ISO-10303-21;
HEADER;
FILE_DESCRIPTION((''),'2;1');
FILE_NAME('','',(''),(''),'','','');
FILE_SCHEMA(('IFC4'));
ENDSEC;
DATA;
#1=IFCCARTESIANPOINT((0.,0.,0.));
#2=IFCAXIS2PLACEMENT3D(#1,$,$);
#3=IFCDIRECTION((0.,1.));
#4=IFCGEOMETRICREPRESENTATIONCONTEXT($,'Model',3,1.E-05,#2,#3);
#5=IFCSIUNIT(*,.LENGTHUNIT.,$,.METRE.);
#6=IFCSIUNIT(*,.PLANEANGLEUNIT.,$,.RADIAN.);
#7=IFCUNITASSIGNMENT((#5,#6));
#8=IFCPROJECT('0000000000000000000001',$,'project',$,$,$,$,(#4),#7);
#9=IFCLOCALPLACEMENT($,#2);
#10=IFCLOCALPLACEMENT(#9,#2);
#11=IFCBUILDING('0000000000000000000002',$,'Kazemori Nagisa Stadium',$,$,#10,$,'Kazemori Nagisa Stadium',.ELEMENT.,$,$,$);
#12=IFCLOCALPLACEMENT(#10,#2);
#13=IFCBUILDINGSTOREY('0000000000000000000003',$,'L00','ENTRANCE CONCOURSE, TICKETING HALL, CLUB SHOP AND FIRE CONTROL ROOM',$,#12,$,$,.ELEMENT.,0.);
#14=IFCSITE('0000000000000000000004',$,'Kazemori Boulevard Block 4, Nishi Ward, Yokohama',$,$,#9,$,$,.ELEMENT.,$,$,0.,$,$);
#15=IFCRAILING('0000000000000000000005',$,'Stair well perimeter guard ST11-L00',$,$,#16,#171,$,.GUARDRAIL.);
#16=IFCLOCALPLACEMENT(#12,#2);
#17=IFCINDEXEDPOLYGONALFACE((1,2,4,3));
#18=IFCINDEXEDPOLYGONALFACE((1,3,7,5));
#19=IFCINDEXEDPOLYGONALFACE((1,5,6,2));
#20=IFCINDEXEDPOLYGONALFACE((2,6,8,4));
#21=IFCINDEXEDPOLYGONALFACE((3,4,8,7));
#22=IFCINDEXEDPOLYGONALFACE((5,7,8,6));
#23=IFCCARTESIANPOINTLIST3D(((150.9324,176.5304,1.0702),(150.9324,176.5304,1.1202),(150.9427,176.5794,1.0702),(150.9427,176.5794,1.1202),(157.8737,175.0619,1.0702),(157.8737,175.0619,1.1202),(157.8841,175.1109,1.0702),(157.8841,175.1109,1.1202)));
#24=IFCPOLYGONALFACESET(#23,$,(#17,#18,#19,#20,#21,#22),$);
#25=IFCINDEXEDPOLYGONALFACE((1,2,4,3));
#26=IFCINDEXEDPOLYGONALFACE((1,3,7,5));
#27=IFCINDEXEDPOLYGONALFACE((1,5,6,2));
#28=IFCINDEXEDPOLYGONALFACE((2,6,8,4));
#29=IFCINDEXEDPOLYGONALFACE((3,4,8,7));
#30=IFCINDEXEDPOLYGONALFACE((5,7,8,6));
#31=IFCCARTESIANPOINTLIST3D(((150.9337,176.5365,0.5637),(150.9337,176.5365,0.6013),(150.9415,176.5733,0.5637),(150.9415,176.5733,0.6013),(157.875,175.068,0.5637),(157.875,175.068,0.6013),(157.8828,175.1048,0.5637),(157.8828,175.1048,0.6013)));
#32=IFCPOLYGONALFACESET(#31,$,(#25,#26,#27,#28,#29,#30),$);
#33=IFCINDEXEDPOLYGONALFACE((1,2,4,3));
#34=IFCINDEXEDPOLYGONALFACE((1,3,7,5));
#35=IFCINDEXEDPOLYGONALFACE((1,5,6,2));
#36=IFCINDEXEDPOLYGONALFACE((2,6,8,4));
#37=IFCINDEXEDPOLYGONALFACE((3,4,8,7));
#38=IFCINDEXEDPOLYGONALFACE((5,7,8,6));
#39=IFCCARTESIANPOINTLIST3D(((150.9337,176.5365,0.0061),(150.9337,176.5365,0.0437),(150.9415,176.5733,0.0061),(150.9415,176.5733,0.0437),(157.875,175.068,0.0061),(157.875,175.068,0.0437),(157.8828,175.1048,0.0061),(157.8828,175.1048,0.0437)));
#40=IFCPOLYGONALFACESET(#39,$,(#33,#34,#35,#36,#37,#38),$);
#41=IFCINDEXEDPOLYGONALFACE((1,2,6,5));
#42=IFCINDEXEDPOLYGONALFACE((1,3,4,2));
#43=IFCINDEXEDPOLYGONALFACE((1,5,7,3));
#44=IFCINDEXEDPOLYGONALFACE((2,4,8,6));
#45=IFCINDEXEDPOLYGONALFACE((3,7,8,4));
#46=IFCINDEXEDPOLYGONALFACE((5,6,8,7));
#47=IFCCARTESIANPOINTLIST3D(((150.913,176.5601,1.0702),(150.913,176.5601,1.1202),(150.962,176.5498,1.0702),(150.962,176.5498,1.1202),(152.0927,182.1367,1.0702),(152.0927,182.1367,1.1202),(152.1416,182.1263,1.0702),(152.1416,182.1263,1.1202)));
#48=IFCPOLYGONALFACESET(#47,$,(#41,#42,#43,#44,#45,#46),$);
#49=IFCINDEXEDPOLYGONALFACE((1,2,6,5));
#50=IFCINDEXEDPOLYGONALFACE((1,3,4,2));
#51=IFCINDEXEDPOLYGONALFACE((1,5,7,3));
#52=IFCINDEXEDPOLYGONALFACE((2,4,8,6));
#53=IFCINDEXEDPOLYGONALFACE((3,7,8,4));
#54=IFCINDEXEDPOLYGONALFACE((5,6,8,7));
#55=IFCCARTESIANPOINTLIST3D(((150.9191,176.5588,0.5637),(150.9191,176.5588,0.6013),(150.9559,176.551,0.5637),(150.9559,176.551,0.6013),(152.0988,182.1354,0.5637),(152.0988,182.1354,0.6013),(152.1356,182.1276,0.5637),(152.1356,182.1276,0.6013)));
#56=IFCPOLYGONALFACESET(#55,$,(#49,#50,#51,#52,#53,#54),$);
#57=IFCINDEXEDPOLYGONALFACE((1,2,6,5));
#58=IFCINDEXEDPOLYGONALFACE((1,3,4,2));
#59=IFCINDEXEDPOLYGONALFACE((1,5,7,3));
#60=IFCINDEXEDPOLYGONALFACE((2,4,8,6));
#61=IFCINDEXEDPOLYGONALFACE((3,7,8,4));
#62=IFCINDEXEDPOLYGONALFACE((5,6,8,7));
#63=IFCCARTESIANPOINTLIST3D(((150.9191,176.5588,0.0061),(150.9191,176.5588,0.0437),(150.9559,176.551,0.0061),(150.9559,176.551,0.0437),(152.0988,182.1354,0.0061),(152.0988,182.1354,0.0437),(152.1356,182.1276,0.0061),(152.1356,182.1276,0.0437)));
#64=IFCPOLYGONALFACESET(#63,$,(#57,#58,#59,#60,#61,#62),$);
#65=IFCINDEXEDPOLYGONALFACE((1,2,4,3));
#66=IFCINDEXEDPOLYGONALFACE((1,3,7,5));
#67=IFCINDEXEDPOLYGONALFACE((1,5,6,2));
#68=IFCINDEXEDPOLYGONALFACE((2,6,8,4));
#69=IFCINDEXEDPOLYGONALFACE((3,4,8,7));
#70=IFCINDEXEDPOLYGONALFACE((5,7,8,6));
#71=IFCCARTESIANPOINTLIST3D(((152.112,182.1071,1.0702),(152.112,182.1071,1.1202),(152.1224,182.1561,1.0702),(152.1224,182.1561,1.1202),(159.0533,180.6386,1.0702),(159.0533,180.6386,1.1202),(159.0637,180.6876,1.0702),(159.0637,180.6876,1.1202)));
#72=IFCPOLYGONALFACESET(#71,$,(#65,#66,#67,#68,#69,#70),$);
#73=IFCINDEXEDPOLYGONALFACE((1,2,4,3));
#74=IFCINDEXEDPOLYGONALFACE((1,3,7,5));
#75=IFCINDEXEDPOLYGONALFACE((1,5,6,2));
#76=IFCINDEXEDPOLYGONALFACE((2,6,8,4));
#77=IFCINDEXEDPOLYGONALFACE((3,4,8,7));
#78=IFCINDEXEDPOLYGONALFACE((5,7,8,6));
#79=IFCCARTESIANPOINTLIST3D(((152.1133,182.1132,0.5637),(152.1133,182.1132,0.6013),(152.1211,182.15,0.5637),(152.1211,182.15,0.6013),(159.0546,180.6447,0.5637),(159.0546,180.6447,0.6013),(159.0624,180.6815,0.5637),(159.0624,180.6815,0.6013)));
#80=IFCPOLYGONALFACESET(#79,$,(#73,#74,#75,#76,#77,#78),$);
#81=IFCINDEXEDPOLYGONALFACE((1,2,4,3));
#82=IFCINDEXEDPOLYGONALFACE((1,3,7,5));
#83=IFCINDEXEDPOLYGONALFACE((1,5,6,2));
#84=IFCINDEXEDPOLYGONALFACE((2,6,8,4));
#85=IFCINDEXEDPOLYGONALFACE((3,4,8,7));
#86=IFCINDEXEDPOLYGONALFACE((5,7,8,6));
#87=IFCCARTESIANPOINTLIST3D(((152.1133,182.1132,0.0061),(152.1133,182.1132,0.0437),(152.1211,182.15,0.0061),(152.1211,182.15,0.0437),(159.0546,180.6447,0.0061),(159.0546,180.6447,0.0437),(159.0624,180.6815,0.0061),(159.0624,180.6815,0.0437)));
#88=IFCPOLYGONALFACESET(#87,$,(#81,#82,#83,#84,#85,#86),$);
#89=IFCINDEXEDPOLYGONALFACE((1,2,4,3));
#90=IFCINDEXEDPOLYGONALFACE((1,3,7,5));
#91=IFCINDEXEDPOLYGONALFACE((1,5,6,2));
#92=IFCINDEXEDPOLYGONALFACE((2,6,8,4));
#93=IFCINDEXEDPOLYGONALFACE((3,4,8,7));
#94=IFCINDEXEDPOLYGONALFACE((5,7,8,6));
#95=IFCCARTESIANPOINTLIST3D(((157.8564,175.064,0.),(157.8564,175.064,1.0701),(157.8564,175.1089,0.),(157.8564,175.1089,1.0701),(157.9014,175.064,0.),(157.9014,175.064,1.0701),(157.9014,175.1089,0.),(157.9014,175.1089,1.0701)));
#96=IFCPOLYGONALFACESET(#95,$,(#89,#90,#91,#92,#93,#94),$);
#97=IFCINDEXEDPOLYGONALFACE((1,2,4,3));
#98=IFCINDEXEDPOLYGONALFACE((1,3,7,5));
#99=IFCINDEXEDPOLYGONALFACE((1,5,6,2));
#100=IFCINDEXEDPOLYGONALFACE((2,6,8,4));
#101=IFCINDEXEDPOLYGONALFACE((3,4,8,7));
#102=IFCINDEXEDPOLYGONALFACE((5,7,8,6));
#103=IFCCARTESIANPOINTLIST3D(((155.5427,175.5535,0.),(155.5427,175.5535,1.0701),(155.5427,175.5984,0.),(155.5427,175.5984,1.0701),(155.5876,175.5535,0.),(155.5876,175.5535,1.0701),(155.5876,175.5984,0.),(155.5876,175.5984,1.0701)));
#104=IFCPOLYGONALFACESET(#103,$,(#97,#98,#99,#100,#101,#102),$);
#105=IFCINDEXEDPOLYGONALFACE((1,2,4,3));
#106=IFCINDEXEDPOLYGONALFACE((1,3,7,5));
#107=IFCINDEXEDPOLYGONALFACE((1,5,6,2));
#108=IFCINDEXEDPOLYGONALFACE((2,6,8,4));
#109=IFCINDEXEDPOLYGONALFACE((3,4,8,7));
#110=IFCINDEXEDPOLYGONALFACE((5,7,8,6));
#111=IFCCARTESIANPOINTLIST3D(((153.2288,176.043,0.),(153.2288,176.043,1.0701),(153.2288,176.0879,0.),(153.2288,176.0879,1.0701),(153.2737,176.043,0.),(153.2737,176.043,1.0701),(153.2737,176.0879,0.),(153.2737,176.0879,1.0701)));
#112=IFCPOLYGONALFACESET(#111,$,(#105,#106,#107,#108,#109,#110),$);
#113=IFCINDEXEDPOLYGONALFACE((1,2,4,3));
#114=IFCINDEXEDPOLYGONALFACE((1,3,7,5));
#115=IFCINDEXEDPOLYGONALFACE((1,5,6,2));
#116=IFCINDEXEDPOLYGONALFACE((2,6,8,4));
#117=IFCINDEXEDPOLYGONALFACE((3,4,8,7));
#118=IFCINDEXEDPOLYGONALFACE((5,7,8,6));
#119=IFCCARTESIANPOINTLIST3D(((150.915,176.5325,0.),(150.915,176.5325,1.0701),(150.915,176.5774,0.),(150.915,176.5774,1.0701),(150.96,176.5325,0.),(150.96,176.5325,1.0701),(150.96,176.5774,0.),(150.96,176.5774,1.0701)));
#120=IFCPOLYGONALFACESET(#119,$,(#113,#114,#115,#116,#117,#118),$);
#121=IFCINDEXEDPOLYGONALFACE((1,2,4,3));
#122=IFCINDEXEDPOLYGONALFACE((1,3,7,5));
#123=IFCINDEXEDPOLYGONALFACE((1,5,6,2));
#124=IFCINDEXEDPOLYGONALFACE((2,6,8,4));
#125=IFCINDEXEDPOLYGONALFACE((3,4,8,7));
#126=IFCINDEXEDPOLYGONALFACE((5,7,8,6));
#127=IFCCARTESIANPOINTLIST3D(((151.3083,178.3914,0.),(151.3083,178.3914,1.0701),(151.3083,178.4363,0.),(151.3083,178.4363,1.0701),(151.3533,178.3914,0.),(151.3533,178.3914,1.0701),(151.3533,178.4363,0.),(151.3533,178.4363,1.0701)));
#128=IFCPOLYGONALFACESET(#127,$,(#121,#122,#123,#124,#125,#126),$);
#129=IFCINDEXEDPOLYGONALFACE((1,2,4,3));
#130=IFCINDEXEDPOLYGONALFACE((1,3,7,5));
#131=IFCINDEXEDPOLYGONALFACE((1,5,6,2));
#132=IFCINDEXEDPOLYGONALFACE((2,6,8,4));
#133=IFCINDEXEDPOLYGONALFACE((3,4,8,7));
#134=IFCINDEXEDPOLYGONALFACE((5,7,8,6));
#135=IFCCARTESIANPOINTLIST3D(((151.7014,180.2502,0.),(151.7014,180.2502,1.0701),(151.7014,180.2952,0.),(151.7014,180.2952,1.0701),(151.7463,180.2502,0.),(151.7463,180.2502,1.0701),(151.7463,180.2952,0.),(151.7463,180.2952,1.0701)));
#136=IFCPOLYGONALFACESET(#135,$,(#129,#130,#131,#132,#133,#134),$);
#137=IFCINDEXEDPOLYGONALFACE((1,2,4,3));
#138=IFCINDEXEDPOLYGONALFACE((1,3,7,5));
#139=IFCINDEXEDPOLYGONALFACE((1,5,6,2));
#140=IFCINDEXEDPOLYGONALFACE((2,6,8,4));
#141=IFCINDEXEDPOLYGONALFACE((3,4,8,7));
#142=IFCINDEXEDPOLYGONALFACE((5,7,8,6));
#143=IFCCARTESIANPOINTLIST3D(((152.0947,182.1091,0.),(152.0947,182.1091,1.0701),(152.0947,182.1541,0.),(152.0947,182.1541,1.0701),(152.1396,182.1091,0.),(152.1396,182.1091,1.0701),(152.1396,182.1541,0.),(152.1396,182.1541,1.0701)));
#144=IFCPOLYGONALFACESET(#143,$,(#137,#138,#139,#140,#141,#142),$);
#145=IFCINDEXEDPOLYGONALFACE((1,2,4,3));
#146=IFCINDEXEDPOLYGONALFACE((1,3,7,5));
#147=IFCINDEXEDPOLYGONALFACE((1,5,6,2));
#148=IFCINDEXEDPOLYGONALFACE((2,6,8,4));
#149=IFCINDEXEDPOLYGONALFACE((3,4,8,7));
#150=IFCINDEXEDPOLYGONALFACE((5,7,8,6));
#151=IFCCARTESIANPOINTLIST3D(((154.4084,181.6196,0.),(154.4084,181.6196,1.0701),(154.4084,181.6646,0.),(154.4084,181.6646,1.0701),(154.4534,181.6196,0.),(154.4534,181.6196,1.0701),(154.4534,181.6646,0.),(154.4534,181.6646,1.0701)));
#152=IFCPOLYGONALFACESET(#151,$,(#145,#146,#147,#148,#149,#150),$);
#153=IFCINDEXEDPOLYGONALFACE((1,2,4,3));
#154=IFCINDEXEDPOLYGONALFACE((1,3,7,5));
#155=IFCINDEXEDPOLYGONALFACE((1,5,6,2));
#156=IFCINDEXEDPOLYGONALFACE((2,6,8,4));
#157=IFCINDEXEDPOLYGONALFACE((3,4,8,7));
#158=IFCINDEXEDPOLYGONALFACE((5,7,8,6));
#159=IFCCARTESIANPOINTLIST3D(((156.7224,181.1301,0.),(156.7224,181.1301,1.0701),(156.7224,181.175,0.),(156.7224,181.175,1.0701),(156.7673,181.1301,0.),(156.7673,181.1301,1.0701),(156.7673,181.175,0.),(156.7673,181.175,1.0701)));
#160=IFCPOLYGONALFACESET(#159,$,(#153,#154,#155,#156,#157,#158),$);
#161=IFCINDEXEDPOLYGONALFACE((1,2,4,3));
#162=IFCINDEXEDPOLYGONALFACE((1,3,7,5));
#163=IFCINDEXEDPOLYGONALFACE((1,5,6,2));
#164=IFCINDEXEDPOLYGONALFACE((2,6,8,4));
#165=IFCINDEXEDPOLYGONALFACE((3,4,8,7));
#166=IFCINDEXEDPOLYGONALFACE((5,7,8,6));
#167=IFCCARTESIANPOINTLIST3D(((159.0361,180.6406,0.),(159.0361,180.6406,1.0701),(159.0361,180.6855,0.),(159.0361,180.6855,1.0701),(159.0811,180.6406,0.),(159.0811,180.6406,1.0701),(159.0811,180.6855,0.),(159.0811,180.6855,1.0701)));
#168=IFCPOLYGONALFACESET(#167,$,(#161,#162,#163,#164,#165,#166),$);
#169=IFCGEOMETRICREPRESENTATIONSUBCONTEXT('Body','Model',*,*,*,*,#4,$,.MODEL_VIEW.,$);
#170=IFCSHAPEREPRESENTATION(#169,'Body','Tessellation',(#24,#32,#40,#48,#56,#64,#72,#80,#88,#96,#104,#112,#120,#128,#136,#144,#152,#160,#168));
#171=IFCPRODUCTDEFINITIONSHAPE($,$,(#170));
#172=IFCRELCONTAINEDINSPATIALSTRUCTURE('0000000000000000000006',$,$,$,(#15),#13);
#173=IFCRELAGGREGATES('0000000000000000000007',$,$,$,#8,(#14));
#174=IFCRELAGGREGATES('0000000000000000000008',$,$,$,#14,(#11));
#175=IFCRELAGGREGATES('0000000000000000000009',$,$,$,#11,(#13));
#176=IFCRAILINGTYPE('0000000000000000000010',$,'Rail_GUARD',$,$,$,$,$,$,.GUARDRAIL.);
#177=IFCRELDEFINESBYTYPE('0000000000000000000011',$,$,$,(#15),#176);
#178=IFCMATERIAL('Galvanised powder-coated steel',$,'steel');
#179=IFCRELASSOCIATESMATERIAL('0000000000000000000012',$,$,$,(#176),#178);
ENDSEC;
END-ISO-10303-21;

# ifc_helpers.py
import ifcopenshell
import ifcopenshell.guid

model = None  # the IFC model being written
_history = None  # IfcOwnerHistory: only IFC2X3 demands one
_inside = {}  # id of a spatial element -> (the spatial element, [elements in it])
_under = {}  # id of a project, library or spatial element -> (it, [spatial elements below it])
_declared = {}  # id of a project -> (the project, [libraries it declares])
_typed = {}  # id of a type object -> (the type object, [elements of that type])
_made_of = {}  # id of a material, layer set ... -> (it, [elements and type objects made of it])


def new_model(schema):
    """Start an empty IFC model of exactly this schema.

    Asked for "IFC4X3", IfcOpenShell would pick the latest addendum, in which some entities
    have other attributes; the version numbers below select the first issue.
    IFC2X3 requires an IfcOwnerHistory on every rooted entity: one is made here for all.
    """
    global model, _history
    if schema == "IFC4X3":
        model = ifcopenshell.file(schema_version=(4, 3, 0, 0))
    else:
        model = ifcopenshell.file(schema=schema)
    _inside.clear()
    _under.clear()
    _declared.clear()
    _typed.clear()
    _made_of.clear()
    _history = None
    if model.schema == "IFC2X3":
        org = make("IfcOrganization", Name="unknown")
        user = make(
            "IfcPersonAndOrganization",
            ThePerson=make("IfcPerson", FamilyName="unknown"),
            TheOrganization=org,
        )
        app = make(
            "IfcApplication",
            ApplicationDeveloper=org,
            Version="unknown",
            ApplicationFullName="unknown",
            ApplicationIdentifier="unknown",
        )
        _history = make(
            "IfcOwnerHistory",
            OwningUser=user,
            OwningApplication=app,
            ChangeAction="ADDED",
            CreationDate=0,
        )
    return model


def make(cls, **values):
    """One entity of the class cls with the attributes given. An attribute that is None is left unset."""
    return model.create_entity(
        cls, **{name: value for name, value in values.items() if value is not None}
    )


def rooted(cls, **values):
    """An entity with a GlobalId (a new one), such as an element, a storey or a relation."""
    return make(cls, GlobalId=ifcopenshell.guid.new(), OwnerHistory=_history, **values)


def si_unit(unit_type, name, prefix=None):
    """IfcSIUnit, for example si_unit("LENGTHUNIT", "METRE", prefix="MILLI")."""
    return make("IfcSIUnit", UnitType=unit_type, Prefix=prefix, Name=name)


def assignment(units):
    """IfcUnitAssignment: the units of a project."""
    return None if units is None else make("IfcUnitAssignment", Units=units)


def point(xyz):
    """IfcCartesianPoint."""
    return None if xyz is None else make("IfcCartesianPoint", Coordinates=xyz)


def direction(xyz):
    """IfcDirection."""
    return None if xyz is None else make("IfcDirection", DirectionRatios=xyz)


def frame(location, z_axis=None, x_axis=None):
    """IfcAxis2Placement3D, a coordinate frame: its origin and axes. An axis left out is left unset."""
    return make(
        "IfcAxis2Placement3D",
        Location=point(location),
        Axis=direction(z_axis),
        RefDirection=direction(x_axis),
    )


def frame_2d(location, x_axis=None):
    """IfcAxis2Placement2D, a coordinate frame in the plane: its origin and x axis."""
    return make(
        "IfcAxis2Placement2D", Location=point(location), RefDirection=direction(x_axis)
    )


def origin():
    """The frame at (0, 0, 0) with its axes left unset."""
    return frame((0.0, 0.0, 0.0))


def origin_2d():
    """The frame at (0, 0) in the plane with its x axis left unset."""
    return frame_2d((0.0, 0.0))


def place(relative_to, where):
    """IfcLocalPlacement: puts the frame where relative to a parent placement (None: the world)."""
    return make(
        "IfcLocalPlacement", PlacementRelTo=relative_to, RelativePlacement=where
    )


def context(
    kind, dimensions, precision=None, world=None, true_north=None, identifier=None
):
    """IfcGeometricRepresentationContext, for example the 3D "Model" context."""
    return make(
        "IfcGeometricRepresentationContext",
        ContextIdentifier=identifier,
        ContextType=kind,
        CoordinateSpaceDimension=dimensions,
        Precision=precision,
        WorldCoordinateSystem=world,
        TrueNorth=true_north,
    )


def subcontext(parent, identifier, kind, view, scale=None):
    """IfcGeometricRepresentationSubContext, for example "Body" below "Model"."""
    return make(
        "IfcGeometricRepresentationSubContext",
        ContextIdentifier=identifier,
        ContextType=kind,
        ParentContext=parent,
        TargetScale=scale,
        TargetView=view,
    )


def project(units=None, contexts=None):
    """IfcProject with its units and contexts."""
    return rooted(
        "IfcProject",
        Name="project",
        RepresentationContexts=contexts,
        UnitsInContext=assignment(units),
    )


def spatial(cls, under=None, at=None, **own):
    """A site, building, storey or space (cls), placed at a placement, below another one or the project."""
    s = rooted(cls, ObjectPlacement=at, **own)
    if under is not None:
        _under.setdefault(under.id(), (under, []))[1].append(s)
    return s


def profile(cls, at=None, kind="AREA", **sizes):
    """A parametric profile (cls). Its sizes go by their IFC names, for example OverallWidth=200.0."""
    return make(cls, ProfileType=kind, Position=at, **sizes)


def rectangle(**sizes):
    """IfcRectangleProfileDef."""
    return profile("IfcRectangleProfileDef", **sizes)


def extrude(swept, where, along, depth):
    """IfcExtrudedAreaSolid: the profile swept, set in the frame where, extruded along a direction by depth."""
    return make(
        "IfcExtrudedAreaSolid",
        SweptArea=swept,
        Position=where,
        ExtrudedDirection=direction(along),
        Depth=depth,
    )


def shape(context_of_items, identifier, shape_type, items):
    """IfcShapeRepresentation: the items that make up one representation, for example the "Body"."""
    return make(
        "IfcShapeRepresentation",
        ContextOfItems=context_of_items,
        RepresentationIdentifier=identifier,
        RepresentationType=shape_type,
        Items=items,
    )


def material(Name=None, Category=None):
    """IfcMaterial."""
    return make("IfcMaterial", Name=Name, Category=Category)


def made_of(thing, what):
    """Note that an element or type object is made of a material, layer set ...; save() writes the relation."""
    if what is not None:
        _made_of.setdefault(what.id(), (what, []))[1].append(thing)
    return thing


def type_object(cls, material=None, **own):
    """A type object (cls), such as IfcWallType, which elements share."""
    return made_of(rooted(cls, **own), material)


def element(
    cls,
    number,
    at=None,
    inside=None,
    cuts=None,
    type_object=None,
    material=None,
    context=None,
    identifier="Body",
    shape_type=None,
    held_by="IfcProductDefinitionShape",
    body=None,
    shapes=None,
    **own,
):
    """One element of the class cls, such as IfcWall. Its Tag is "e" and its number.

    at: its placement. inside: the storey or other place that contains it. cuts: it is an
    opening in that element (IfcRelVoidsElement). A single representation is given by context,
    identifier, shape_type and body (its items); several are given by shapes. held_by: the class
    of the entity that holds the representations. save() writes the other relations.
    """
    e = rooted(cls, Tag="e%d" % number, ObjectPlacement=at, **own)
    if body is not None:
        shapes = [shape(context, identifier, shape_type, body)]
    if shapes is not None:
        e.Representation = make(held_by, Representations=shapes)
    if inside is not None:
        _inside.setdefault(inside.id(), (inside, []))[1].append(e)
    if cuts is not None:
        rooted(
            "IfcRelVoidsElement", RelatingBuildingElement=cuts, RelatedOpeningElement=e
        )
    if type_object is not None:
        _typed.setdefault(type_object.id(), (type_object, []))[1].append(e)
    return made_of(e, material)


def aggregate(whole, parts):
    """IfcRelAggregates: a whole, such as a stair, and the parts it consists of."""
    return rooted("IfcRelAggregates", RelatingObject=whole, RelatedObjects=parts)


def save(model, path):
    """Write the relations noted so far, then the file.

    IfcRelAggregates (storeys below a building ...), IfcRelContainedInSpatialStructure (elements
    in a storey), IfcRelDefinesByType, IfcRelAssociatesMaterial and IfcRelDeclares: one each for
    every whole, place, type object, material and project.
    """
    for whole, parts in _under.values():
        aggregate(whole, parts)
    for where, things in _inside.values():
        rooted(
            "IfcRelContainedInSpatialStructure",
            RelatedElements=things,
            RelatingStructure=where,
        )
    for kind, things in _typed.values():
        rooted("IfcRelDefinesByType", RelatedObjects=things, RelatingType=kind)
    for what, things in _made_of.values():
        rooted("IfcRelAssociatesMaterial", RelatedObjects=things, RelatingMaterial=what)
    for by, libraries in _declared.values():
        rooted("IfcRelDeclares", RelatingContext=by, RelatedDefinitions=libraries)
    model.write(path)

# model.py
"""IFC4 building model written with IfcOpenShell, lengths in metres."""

from ifc_helpers import new_model, si_unit, direction, frame, origin, origin_2d, place, context, subcontext, project, spatial, rectangle, extrude, material, type_object, element, save


model = new_model("IFC4")

# Units and contexts
model_context = context("Model", 3, precision=1e-05, world=origin(), true_north=direction((0.0, 1.0)))
body_context = subcontext(model_context, "Body", "Model", "MODEL_VIEW")
ifc_project = project(units=[si_unit("LENGTHUNIT", "METRE"), si_unit("PLANEANGLEUNIT", "RADIAN")], contexts=[model_context])

# Site, building, storey
site_placement = place(None, origin())
site = spatial("IfcSite", under=ifc_project, at=site_placement, Name="Kazemori Boulevard Block 4, Nishi Ward, Yokohama", CompositionType="ELEMENT", RefElevation=0.0)
building_placement = place(site_placement, origin())
building = spatial("IfcBuilding", under=site, at=building_placement, Name="Kazemori Nagisa Stadium", LongName="Kazemori Nagisa Stadium", CompositionType="ELEMENT")
storey_placement = place(building_placement, origin())
storey = spatial("IfcBuildingStorey", under=building, at=storey_placement, Name="L00", Description="ENTRANCE CONCOURSE, TICKETING HALL, CLUB SHOP AND FIRE CONTROL ROOM", CompositionType="ELEMENT", Elevation=0.0)

# Railing
ifc_material_1 = material(Name="Galvanised powder-coated steel", Category="steel")
railing_type_1 = type_object("IfcRailingType", Name="Rail_GUARD", PredefinedType="GUARDRAIL", material=ifc_material_1)
railing_1_placement = place(storey_placement, frame((157.8789, 175.0864, 0.0)))
element("IfcRailing", 1, at=railing_1_placement, inside=storey, type_object=railing_type_1, Name="Stair well perimeter guard ST11-L00", PredefinedType="GUARDRAIL", context=body_context, shape_type="SweptSolid", body=[
    extrude(rectangle(XDim=0.05, YDim=0.05, at=origin_2d()), frame((0.0, 0.0, 1.0952), z_axis=(-0.978346, 0.206976, 0.0), x_axis=(-0.206976, -0.978346, 0.0)), (0.0, 0.0, 1.0), 7.095),
    extrude(rectangle(XDim=0.0376, YDim=0.0376, at=origin_2d()), frame((0.0, 0.0, 0.5825), z_axis=(-0.978346, 0.206976, 0.0), x_axis=(-0.206976, -0.978346, 0.0)), (0.0, 0.0, 1.0), 7.095),
    extrude(rectangle(XDim=0.0376, YDim=0.0376, at=origin_2d()), frame((0.0, 0.0, 0.0249), z_axis=(-0.978346, 0.206976, 0.0), x_axis=(-0.206976, -0.978346, 0.0)), (0.0, 0.0, 1.0), 7.095),
    extrude(rectangle(XDim=0.05, YDim=0.05, at=origin_2d()), frame((-6.9414, 1.4685, 1.0952), z_axis=(0.20696, 0.978349, 0.0), x_axis=(-0.978349, 0.20696, 0.0)), (0.0, 0.0, 1.0), 5.7),
    extrude(rectangle(XDim=0.0376, YDim=0.0376, at=origin_2d()), frame((-6.9414, 1.4685, 0.5825), z_axis=(0.20696, 0.978349, 0.0), x_axis=(-0.978349, 0.20696, 0.0)), (0.0, 0.0, 1.0), 5.7),
    extrude(rectangle(XDim=0.0376, YDim=0.0376, at=origin_2d()), frame((-6.9414, 1.4685, 0.0249), z_axis=(0.20696, 0.978349, 0.0), x_axis=(-0.978349, 0.20696, 0.0)), (0.0, 0.0, 1.0), 5.7),
    extrude(rectangle(XDim=0.05, YDim=0.05, at=origin_2d()), frame((-5.7617, 7.0452, 1.0952), z_axis=(0.978346, -0.206976, 0.0), x_axis=(0.206976, 0.978346, 0.0)), (0.0, 0.0, 1.0), 7.095),
    extrude(rectangle(XDim=0.0376, YDim=0.0376, at=origin_2d()), frame((-5.7617, 7.0452, 0.5825), z_axis=(0.978346, -0.206976, 0.0), x_axis=(0.206976, 0.978346, 0.0)), (0.0, 0.0, 1.0), 7.095),
    extrude(rectangle(XDim=0.0376, YDim=0.0376, at=origin_2d()), frame((-5.7617, 7.0452, 0.0249), z_axis=(0.978346, -0.206976, 0.0), x_axis=(0.206976, 0.978346, 0.0)), (0.0, 0.0, 1.0), 7.095),
    extrude(rectangle(XDim=0.0449, YDim=0.0449, at=origin_2d()), origin(), (0.0, 0.0, 1.0), 1.0701),
    extrude(rectangle(XDim=0.0449, YDim=0.0449, at=origin_2d()), frame((-2.3137, 0.4895, 0.0)), (0.0, 0.0, 1.0), 1.0701),
    extrude(rectangle(XDim=0.0449, YDim=0.0449, at=origin_2d()), frame((-4.6277, 0.979, 0.0)), (0.0, 0.0, 1.0), 1.0701),
    extrude(rectangle(XDim=0.0449, YDim=0.0449, at=origin_2d()), frame((-6.9414, 1.4685, 0.0)), (0.0, 0.0, 1.0), 1.0701),
    extrude(rectangle(XDim=0.0449, YDim=0.0449, at=origin_2d()), frame((-6.5481, 3.3274, 0.0)), (0.0, 0.0, 1.0), 1.0701),
    extrude(rectangle(XDim=0.0449, YDim=0.0449, at=origin_2d()), frame((-6.155, 5.1863, 0.0)), (0.0, 0.0, 1.0), 1.0701),
    extrude(rectangle(XDim=0.0449, YDim=0.0449, at=origin_2d()), frame((-5.7617, 7.0452, 0.0)), (0.0, 0.0, 1.0), 1.0701),
    extrude(rectangle(XDim=0.0449, YDim=0.0449, at=origin_2d()), frame((-3.448, 6.5557, 0.0)), (0.0, 0.0, 1.0), 1.0701),
    extrude(rectangle(XDim=0.0449, YDim=0.0449, at=origin_2d()), frame((-1.134, 6.0662, 0.0)), (0.0, 0.0, 1.0), 1.0701),
    extrude(rectangle(XDim=0.0449, YDim=0.0449, at=origin_2d()), frame((1.1797, 5.5767, 0.0)), (0.0, 0.0, 1.0), 1.0701),
])

save(model, "model.ifc")
